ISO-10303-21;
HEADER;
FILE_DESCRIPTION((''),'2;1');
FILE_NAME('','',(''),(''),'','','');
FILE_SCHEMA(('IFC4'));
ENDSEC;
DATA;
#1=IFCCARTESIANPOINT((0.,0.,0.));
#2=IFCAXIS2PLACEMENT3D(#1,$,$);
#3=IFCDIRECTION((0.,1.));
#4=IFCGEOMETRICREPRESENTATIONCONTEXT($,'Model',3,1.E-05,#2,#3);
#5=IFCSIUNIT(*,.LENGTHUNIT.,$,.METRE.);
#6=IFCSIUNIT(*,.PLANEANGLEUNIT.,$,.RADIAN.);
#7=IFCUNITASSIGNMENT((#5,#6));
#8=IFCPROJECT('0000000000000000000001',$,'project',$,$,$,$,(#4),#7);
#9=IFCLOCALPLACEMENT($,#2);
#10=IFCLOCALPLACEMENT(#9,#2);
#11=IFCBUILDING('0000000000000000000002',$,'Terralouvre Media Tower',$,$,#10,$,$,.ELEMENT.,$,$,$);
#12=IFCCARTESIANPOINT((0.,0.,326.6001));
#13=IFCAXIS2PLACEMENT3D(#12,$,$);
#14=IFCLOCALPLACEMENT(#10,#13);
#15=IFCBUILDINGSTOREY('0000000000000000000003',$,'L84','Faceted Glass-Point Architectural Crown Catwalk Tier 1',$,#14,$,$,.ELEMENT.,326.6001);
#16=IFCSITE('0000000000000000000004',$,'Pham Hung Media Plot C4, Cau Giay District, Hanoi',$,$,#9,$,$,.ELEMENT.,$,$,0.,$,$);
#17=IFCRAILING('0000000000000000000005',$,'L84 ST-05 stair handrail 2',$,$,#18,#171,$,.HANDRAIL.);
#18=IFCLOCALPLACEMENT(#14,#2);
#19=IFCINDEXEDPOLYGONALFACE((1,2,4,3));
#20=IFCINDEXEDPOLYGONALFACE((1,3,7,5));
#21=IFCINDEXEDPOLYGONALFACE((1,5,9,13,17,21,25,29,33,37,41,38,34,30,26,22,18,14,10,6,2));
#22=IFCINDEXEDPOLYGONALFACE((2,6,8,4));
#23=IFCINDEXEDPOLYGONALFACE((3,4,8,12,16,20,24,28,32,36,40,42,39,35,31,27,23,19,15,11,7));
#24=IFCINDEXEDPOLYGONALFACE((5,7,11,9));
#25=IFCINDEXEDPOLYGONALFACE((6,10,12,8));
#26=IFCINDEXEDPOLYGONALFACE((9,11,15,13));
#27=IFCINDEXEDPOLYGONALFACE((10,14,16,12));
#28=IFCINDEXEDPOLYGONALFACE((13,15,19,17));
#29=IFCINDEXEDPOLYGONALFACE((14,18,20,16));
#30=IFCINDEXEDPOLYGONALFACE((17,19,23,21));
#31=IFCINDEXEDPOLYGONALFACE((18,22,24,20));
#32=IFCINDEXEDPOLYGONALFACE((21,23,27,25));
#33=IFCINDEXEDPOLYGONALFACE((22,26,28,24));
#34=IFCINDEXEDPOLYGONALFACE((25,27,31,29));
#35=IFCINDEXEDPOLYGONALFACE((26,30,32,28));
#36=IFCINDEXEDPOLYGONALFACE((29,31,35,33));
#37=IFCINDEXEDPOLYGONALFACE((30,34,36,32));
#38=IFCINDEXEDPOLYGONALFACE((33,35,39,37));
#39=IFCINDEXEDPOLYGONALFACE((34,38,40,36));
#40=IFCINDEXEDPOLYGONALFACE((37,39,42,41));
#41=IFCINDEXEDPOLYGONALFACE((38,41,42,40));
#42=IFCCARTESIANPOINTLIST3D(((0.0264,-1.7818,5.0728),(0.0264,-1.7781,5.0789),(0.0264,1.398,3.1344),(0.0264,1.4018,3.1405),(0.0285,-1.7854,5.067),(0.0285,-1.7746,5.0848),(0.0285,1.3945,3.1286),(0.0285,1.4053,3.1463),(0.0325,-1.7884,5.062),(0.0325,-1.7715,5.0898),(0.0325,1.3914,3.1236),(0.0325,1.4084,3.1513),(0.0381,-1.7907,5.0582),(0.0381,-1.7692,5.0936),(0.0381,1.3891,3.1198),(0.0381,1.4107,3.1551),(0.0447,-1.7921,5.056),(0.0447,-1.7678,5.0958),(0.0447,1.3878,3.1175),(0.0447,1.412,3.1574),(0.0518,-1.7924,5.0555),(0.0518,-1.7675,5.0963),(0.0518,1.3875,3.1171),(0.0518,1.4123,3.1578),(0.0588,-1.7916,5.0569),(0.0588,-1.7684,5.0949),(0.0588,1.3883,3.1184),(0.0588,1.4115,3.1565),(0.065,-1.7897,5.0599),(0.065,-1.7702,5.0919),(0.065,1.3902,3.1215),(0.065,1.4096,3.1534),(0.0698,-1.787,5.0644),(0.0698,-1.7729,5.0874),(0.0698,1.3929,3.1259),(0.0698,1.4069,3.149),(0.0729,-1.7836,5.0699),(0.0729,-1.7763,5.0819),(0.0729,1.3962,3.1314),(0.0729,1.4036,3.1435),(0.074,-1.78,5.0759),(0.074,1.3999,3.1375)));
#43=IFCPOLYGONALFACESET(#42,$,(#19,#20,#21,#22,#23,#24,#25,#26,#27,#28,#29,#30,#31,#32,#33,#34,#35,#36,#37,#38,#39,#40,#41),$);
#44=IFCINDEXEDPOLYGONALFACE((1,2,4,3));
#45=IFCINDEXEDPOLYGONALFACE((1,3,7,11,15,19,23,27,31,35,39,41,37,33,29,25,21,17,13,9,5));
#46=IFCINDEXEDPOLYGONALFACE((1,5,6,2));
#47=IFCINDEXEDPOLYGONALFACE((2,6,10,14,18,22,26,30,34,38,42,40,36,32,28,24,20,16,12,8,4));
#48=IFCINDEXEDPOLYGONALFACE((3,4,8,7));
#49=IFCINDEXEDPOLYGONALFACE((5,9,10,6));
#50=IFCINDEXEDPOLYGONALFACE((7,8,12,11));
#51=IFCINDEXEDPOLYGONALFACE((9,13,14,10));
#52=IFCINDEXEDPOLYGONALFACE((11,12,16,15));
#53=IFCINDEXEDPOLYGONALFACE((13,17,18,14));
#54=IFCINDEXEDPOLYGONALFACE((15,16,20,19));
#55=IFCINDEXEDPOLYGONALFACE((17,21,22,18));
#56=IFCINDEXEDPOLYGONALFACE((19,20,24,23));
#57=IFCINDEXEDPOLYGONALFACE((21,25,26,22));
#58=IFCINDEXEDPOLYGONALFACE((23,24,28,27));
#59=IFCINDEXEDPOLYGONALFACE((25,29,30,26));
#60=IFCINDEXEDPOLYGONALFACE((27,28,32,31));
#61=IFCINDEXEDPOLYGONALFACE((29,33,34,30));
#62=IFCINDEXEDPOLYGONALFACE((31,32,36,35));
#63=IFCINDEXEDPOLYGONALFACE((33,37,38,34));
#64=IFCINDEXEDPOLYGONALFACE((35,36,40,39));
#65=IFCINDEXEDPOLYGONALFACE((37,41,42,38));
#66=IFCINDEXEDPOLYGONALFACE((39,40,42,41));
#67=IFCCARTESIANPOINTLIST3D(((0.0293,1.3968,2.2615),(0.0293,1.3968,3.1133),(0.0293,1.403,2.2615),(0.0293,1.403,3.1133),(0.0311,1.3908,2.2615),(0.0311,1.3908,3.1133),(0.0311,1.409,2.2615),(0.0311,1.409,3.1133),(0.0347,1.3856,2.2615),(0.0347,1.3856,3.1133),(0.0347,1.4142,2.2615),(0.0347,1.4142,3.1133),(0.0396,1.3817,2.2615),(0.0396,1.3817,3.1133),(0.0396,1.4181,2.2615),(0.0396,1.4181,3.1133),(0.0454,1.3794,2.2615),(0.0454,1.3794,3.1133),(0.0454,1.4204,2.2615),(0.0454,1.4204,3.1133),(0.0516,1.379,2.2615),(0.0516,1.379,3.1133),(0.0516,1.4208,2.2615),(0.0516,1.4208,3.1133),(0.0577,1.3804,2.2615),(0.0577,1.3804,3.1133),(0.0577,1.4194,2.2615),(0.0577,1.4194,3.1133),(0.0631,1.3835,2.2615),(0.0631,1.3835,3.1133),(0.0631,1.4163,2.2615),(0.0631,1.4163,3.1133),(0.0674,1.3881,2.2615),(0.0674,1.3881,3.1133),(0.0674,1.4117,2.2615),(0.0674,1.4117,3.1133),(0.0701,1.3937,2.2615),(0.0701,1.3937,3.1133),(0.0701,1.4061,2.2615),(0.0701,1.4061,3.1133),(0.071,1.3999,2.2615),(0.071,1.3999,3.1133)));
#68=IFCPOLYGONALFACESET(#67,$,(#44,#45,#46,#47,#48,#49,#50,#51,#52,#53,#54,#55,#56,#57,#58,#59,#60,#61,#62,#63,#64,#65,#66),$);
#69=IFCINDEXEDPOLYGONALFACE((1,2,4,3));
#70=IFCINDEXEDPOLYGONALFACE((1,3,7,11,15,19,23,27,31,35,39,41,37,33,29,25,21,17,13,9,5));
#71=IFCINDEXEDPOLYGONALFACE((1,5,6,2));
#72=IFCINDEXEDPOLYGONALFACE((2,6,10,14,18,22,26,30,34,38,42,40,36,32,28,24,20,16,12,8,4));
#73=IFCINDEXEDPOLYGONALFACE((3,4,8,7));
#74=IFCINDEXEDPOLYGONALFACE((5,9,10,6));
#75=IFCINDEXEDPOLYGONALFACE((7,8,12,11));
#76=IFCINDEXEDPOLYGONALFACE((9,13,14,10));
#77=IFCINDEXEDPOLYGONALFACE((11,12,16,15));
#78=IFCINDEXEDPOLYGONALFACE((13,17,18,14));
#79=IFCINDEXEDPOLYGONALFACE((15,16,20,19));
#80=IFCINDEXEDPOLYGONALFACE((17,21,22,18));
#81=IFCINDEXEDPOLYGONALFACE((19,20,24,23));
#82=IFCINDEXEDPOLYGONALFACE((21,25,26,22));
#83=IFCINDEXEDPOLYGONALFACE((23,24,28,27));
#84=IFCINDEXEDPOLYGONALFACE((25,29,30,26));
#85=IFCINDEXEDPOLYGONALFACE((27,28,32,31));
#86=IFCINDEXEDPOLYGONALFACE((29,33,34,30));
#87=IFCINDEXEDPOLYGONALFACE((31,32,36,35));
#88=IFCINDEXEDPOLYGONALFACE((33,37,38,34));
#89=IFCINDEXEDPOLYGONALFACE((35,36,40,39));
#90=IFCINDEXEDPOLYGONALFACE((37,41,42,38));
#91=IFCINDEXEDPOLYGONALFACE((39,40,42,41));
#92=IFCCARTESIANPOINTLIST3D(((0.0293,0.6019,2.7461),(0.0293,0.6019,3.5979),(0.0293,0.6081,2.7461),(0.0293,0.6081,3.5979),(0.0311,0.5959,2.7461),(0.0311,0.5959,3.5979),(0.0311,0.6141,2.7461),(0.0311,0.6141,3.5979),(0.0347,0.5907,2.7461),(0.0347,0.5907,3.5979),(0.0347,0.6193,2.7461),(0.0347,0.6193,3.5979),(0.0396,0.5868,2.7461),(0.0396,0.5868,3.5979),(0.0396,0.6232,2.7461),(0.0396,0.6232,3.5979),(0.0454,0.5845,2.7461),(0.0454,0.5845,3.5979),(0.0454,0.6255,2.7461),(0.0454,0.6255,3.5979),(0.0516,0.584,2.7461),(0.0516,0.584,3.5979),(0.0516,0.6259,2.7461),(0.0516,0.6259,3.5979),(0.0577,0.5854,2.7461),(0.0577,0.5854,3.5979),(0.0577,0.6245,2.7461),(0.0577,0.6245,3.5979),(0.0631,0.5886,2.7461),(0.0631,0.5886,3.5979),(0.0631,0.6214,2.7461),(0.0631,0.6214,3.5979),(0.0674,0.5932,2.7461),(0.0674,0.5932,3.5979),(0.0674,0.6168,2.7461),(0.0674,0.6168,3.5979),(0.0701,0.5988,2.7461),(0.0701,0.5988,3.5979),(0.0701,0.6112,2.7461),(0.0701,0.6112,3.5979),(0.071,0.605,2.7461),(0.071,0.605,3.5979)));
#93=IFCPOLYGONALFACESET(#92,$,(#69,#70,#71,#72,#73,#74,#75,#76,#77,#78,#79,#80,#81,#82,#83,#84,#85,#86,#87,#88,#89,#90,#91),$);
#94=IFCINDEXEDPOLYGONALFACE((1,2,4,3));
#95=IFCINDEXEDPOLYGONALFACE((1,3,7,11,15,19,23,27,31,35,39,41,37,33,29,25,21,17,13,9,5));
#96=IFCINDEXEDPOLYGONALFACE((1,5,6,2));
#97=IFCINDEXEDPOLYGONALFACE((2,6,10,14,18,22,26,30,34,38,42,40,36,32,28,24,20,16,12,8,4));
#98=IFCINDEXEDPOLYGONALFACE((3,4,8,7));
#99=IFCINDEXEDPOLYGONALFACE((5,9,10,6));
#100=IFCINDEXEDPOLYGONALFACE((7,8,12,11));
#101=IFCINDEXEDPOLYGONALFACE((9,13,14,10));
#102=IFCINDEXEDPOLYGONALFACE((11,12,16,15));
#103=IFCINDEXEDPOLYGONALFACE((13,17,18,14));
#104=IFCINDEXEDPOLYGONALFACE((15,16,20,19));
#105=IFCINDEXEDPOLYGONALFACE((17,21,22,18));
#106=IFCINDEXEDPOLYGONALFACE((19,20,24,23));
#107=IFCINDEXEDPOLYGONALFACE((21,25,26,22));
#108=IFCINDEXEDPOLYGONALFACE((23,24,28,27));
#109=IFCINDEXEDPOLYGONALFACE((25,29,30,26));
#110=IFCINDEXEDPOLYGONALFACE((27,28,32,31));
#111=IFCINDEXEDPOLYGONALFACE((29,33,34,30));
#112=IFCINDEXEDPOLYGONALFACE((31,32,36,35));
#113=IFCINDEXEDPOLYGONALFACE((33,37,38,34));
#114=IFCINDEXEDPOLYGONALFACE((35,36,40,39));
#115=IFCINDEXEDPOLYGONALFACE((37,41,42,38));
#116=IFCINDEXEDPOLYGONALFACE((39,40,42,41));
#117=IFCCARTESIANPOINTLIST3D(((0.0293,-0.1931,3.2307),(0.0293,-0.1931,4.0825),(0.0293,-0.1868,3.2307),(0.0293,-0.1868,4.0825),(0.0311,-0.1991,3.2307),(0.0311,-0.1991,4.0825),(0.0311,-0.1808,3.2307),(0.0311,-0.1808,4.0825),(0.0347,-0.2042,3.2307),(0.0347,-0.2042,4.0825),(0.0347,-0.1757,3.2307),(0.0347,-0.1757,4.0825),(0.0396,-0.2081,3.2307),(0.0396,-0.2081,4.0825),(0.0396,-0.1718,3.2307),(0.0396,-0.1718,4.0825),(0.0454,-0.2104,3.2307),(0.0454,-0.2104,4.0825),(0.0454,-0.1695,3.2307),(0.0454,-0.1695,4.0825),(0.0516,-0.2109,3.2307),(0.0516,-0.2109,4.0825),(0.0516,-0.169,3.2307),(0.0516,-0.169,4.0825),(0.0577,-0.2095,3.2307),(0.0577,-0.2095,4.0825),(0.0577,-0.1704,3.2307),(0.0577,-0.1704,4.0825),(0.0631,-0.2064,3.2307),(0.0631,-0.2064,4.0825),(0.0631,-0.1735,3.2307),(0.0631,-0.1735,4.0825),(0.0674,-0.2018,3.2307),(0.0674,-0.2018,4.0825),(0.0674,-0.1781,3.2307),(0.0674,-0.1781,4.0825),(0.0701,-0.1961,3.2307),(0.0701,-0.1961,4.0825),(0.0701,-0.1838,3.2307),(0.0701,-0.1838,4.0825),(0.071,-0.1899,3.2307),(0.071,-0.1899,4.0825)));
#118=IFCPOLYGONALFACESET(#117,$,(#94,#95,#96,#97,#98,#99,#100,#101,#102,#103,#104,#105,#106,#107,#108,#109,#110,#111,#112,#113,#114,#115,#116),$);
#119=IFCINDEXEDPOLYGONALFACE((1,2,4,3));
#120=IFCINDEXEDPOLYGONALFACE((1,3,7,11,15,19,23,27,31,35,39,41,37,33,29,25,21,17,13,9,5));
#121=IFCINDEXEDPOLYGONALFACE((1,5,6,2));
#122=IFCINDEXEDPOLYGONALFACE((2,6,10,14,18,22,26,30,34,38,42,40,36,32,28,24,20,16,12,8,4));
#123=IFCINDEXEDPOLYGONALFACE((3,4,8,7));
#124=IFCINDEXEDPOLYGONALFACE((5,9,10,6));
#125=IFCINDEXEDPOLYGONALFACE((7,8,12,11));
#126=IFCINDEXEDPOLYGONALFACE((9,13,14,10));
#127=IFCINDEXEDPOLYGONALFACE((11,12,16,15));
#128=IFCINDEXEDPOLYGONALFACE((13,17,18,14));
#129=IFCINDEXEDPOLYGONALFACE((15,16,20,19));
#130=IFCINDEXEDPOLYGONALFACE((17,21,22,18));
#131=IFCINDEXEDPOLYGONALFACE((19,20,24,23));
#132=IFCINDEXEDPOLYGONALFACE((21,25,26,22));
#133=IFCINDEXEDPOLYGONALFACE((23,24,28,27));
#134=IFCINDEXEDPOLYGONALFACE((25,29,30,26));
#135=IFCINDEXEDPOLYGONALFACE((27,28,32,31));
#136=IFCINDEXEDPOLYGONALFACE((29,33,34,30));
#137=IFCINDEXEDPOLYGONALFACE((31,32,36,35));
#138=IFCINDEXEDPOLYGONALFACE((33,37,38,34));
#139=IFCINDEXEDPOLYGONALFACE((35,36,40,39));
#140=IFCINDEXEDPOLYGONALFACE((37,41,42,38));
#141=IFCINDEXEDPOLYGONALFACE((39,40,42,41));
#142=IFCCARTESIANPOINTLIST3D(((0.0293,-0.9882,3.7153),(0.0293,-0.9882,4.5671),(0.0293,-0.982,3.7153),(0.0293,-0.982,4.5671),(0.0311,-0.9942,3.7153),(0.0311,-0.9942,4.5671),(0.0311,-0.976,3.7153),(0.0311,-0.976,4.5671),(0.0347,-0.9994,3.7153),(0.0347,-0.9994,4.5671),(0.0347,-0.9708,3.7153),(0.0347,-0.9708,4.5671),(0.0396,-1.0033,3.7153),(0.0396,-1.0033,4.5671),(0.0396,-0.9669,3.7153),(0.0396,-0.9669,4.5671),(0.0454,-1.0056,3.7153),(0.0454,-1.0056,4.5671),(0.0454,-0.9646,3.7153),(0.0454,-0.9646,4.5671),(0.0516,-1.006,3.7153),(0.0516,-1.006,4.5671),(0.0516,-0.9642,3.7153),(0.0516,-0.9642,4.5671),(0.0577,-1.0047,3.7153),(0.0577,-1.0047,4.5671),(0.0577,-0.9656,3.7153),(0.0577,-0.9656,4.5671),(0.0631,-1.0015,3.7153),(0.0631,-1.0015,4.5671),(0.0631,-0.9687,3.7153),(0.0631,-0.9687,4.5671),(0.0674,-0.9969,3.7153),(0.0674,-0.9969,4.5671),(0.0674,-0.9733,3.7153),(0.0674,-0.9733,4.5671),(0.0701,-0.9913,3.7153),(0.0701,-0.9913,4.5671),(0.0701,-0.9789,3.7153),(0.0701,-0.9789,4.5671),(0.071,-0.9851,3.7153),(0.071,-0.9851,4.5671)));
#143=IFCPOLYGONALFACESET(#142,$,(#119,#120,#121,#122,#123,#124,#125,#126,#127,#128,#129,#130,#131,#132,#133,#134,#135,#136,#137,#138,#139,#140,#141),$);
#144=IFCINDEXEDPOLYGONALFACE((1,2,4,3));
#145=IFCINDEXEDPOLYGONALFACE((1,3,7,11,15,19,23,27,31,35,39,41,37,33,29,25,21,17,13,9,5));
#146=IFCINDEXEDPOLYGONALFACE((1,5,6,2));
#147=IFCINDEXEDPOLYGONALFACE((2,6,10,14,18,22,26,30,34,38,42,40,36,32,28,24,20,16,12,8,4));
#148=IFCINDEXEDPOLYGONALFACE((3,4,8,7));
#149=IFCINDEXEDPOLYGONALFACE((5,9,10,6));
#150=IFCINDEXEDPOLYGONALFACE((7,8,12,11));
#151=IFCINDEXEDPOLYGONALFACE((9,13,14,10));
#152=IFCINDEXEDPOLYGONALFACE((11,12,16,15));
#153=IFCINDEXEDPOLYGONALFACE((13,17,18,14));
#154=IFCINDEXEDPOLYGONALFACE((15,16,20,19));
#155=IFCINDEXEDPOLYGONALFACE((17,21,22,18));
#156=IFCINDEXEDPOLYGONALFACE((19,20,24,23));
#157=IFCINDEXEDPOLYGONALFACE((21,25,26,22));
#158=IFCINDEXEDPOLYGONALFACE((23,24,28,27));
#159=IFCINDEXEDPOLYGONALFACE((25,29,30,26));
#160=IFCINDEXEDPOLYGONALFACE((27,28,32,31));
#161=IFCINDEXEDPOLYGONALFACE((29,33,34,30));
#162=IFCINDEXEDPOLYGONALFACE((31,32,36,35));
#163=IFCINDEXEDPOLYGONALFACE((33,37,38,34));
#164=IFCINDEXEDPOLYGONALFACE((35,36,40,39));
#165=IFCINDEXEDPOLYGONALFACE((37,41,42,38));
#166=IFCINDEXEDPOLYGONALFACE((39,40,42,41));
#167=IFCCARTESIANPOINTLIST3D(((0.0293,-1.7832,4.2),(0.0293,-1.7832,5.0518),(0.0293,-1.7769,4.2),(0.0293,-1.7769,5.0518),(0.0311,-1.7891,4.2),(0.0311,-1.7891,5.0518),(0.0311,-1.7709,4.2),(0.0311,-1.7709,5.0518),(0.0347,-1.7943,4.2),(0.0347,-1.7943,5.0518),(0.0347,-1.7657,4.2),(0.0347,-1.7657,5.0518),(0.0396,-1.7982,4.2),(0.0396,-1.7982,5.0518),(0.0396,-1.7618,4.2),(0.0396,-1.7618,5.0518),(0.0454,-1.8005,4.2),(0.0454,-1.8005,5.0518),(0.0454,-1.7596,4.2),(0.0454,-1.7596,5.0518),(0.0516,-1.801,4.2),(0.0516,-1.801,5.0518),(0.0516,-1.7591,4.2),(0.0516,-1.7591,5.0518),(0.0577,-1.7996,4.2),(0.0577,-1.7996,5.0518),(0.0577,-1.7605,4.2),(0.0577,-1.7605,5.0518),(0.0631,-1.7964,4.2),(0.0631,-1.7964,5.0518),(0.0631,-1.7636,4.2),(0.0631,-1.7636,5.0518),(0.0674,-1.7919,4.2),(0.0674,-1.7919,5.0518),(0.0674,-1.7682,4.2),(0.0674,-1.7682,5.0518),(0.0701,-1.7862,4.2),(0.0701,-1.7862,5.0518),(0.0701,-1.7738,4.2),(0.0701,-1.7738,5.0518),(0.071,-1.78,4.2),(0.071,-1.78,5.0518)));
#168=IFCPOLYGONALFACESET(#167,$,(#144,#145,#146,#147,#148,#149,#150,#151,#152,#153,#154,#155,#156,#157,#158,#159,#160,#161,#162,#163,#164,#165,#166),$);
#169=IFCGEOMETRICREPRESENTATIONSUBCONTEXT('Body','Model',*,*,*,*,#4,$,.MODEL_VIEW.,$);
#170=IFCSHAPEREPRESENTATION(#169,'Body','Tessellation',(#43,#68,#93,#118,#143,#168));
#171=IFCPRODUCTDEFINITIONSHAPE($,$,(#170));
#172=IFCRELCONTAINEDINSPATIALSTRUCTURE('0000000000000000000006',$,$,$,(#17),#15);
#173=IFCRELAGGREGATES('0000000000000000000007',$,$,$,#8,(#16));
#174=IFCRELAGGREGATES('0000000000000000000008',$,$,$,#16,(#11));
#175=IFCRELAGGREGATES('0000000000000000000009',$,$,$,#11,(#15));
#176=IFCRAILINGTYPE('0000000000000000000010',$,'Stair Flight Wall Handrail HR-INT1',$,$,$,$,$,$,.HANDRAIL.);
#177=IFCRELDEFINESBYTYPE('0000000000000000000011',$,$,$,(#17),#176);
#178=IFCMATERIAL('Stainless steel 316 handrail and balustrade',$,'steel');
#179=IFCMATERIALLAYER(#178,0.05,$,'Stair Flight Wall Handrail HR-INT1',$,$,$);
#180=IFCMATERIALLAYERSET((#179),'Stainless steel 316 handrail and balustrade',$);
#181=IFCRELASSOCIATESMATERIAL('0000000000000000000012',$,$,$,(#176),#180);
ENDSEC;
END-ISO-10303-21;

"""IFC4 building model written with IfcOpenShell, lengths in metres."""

from ifc_helpers import new_model, si_unit, direction, frame, origin, origin_2d, place, context, subcontext, project, spatial, circle, extrude, material, layer, layer_set, type_object, element, save


model = new_model("IFC4")

# Units and contexts
model_context = context("Model", 3, precision=1e-05, world=origin(), true_north=direction((0.0, 1.0)))
body_context = subcontext(model_context, "Body", "Model", "MODEL_VIEW")
ifc_project = project(units=[si_unit("LENGTHUNIT", "METRE"), si_unit("PLANEANGLEUNIT", "RADIAN")], contexts=[model_context])

# Site, building, storey
site_placement = place(None, origin())
site = spatial("IfcSite", under=ifc_project, at=site_placement, Name="Pham Hung Media Plot C4, Cau Giay District, Hanoi", CompositionType="ELEMENT", RefElevation=0.0)
building_placement = place(site_placement, origin())
building = spatial("IfcBuilding", under=site, at=building_placement, Name="Terralouvre Media Tower", CompositionType="ELEMENT")
storey_placement = place(building_placement, frame((0.0, 0.0, 326.6001)))
storey = spatial("IfcBuildingStorey", under=building, at=storey_placement, Name="L84", Description="Faceted Glass-Point Architectural Crown Catwalk Tier 1", CompositionType="ELEMENT", Elevation=326.6001)

# Railing
ifc_material_1 = material(Name="Stainless steel 316 handrail and balustrade", Category="steel")
ifc_layer_1 = layer(ifc_material_1, 0.05, Name="Stair Flight Wall Handrail HR-INT1")
ifc_layer_set_1 = layer_set([ifc_layer_1], Name="Stainless steel 316 handrail and balustrade")
railing_type_1 = type_object("IfcRailingType", Name="Stair Flight Wall Handrail HR-INT1", PredefinedType="HANDRAIL", material=ifc_layer_set_1)
railing_1_placement = place(storey_placement, frame((0.05, 1.3999, 2.2615)))
element("IfcRailing", 1, at=railing_1_placement, inside=storey, type_object=railing_type_1, Name="L84 ST-05 stair handrail 2", PredefinedType="HANDRAIL", context=body_context, shape_type="SweptSolid", body=[
    extrude(circle(Radius=0.0239, at=origin_2d()), frame((0.0, 0.0, 0.876), z_axis=(0.0, -0.853857, 0.520508), x_axis=(1.0, 0.0, 0.0)), (0.0, 0.0, 1.0), 3.7241),
    extrude(circle(Radius=0.021, at=origin_2d()), origin(), (0.0, 0.0, 1.0), 0.8518),
    extrude(circle(Radius=0.021, at=origin_2d()), frame((0.0, -0.7949, 0.4846)), (0.0, 0.0, 1.0), 0.8518),
    extrude(circle(Radius=0.021, at=origin_2d()), frame((0.0, -1.5898, 0.9692)), (0.0, 0.0, 1.0), 0.8518),
    extrude(circle(Radius=0.021, at=origin_2d()), frame((0.0, -2.385, 1.4539)), (0.0, 0.0, 1.0), 0.8518),
    extrude(circle(Radius=0.021, at=origin_2d()), frame((0.0, -3.1799, 1.9385)), (0.0, 0.0, 1.0), 0.8518),
])

save(model, "model.ifc")
